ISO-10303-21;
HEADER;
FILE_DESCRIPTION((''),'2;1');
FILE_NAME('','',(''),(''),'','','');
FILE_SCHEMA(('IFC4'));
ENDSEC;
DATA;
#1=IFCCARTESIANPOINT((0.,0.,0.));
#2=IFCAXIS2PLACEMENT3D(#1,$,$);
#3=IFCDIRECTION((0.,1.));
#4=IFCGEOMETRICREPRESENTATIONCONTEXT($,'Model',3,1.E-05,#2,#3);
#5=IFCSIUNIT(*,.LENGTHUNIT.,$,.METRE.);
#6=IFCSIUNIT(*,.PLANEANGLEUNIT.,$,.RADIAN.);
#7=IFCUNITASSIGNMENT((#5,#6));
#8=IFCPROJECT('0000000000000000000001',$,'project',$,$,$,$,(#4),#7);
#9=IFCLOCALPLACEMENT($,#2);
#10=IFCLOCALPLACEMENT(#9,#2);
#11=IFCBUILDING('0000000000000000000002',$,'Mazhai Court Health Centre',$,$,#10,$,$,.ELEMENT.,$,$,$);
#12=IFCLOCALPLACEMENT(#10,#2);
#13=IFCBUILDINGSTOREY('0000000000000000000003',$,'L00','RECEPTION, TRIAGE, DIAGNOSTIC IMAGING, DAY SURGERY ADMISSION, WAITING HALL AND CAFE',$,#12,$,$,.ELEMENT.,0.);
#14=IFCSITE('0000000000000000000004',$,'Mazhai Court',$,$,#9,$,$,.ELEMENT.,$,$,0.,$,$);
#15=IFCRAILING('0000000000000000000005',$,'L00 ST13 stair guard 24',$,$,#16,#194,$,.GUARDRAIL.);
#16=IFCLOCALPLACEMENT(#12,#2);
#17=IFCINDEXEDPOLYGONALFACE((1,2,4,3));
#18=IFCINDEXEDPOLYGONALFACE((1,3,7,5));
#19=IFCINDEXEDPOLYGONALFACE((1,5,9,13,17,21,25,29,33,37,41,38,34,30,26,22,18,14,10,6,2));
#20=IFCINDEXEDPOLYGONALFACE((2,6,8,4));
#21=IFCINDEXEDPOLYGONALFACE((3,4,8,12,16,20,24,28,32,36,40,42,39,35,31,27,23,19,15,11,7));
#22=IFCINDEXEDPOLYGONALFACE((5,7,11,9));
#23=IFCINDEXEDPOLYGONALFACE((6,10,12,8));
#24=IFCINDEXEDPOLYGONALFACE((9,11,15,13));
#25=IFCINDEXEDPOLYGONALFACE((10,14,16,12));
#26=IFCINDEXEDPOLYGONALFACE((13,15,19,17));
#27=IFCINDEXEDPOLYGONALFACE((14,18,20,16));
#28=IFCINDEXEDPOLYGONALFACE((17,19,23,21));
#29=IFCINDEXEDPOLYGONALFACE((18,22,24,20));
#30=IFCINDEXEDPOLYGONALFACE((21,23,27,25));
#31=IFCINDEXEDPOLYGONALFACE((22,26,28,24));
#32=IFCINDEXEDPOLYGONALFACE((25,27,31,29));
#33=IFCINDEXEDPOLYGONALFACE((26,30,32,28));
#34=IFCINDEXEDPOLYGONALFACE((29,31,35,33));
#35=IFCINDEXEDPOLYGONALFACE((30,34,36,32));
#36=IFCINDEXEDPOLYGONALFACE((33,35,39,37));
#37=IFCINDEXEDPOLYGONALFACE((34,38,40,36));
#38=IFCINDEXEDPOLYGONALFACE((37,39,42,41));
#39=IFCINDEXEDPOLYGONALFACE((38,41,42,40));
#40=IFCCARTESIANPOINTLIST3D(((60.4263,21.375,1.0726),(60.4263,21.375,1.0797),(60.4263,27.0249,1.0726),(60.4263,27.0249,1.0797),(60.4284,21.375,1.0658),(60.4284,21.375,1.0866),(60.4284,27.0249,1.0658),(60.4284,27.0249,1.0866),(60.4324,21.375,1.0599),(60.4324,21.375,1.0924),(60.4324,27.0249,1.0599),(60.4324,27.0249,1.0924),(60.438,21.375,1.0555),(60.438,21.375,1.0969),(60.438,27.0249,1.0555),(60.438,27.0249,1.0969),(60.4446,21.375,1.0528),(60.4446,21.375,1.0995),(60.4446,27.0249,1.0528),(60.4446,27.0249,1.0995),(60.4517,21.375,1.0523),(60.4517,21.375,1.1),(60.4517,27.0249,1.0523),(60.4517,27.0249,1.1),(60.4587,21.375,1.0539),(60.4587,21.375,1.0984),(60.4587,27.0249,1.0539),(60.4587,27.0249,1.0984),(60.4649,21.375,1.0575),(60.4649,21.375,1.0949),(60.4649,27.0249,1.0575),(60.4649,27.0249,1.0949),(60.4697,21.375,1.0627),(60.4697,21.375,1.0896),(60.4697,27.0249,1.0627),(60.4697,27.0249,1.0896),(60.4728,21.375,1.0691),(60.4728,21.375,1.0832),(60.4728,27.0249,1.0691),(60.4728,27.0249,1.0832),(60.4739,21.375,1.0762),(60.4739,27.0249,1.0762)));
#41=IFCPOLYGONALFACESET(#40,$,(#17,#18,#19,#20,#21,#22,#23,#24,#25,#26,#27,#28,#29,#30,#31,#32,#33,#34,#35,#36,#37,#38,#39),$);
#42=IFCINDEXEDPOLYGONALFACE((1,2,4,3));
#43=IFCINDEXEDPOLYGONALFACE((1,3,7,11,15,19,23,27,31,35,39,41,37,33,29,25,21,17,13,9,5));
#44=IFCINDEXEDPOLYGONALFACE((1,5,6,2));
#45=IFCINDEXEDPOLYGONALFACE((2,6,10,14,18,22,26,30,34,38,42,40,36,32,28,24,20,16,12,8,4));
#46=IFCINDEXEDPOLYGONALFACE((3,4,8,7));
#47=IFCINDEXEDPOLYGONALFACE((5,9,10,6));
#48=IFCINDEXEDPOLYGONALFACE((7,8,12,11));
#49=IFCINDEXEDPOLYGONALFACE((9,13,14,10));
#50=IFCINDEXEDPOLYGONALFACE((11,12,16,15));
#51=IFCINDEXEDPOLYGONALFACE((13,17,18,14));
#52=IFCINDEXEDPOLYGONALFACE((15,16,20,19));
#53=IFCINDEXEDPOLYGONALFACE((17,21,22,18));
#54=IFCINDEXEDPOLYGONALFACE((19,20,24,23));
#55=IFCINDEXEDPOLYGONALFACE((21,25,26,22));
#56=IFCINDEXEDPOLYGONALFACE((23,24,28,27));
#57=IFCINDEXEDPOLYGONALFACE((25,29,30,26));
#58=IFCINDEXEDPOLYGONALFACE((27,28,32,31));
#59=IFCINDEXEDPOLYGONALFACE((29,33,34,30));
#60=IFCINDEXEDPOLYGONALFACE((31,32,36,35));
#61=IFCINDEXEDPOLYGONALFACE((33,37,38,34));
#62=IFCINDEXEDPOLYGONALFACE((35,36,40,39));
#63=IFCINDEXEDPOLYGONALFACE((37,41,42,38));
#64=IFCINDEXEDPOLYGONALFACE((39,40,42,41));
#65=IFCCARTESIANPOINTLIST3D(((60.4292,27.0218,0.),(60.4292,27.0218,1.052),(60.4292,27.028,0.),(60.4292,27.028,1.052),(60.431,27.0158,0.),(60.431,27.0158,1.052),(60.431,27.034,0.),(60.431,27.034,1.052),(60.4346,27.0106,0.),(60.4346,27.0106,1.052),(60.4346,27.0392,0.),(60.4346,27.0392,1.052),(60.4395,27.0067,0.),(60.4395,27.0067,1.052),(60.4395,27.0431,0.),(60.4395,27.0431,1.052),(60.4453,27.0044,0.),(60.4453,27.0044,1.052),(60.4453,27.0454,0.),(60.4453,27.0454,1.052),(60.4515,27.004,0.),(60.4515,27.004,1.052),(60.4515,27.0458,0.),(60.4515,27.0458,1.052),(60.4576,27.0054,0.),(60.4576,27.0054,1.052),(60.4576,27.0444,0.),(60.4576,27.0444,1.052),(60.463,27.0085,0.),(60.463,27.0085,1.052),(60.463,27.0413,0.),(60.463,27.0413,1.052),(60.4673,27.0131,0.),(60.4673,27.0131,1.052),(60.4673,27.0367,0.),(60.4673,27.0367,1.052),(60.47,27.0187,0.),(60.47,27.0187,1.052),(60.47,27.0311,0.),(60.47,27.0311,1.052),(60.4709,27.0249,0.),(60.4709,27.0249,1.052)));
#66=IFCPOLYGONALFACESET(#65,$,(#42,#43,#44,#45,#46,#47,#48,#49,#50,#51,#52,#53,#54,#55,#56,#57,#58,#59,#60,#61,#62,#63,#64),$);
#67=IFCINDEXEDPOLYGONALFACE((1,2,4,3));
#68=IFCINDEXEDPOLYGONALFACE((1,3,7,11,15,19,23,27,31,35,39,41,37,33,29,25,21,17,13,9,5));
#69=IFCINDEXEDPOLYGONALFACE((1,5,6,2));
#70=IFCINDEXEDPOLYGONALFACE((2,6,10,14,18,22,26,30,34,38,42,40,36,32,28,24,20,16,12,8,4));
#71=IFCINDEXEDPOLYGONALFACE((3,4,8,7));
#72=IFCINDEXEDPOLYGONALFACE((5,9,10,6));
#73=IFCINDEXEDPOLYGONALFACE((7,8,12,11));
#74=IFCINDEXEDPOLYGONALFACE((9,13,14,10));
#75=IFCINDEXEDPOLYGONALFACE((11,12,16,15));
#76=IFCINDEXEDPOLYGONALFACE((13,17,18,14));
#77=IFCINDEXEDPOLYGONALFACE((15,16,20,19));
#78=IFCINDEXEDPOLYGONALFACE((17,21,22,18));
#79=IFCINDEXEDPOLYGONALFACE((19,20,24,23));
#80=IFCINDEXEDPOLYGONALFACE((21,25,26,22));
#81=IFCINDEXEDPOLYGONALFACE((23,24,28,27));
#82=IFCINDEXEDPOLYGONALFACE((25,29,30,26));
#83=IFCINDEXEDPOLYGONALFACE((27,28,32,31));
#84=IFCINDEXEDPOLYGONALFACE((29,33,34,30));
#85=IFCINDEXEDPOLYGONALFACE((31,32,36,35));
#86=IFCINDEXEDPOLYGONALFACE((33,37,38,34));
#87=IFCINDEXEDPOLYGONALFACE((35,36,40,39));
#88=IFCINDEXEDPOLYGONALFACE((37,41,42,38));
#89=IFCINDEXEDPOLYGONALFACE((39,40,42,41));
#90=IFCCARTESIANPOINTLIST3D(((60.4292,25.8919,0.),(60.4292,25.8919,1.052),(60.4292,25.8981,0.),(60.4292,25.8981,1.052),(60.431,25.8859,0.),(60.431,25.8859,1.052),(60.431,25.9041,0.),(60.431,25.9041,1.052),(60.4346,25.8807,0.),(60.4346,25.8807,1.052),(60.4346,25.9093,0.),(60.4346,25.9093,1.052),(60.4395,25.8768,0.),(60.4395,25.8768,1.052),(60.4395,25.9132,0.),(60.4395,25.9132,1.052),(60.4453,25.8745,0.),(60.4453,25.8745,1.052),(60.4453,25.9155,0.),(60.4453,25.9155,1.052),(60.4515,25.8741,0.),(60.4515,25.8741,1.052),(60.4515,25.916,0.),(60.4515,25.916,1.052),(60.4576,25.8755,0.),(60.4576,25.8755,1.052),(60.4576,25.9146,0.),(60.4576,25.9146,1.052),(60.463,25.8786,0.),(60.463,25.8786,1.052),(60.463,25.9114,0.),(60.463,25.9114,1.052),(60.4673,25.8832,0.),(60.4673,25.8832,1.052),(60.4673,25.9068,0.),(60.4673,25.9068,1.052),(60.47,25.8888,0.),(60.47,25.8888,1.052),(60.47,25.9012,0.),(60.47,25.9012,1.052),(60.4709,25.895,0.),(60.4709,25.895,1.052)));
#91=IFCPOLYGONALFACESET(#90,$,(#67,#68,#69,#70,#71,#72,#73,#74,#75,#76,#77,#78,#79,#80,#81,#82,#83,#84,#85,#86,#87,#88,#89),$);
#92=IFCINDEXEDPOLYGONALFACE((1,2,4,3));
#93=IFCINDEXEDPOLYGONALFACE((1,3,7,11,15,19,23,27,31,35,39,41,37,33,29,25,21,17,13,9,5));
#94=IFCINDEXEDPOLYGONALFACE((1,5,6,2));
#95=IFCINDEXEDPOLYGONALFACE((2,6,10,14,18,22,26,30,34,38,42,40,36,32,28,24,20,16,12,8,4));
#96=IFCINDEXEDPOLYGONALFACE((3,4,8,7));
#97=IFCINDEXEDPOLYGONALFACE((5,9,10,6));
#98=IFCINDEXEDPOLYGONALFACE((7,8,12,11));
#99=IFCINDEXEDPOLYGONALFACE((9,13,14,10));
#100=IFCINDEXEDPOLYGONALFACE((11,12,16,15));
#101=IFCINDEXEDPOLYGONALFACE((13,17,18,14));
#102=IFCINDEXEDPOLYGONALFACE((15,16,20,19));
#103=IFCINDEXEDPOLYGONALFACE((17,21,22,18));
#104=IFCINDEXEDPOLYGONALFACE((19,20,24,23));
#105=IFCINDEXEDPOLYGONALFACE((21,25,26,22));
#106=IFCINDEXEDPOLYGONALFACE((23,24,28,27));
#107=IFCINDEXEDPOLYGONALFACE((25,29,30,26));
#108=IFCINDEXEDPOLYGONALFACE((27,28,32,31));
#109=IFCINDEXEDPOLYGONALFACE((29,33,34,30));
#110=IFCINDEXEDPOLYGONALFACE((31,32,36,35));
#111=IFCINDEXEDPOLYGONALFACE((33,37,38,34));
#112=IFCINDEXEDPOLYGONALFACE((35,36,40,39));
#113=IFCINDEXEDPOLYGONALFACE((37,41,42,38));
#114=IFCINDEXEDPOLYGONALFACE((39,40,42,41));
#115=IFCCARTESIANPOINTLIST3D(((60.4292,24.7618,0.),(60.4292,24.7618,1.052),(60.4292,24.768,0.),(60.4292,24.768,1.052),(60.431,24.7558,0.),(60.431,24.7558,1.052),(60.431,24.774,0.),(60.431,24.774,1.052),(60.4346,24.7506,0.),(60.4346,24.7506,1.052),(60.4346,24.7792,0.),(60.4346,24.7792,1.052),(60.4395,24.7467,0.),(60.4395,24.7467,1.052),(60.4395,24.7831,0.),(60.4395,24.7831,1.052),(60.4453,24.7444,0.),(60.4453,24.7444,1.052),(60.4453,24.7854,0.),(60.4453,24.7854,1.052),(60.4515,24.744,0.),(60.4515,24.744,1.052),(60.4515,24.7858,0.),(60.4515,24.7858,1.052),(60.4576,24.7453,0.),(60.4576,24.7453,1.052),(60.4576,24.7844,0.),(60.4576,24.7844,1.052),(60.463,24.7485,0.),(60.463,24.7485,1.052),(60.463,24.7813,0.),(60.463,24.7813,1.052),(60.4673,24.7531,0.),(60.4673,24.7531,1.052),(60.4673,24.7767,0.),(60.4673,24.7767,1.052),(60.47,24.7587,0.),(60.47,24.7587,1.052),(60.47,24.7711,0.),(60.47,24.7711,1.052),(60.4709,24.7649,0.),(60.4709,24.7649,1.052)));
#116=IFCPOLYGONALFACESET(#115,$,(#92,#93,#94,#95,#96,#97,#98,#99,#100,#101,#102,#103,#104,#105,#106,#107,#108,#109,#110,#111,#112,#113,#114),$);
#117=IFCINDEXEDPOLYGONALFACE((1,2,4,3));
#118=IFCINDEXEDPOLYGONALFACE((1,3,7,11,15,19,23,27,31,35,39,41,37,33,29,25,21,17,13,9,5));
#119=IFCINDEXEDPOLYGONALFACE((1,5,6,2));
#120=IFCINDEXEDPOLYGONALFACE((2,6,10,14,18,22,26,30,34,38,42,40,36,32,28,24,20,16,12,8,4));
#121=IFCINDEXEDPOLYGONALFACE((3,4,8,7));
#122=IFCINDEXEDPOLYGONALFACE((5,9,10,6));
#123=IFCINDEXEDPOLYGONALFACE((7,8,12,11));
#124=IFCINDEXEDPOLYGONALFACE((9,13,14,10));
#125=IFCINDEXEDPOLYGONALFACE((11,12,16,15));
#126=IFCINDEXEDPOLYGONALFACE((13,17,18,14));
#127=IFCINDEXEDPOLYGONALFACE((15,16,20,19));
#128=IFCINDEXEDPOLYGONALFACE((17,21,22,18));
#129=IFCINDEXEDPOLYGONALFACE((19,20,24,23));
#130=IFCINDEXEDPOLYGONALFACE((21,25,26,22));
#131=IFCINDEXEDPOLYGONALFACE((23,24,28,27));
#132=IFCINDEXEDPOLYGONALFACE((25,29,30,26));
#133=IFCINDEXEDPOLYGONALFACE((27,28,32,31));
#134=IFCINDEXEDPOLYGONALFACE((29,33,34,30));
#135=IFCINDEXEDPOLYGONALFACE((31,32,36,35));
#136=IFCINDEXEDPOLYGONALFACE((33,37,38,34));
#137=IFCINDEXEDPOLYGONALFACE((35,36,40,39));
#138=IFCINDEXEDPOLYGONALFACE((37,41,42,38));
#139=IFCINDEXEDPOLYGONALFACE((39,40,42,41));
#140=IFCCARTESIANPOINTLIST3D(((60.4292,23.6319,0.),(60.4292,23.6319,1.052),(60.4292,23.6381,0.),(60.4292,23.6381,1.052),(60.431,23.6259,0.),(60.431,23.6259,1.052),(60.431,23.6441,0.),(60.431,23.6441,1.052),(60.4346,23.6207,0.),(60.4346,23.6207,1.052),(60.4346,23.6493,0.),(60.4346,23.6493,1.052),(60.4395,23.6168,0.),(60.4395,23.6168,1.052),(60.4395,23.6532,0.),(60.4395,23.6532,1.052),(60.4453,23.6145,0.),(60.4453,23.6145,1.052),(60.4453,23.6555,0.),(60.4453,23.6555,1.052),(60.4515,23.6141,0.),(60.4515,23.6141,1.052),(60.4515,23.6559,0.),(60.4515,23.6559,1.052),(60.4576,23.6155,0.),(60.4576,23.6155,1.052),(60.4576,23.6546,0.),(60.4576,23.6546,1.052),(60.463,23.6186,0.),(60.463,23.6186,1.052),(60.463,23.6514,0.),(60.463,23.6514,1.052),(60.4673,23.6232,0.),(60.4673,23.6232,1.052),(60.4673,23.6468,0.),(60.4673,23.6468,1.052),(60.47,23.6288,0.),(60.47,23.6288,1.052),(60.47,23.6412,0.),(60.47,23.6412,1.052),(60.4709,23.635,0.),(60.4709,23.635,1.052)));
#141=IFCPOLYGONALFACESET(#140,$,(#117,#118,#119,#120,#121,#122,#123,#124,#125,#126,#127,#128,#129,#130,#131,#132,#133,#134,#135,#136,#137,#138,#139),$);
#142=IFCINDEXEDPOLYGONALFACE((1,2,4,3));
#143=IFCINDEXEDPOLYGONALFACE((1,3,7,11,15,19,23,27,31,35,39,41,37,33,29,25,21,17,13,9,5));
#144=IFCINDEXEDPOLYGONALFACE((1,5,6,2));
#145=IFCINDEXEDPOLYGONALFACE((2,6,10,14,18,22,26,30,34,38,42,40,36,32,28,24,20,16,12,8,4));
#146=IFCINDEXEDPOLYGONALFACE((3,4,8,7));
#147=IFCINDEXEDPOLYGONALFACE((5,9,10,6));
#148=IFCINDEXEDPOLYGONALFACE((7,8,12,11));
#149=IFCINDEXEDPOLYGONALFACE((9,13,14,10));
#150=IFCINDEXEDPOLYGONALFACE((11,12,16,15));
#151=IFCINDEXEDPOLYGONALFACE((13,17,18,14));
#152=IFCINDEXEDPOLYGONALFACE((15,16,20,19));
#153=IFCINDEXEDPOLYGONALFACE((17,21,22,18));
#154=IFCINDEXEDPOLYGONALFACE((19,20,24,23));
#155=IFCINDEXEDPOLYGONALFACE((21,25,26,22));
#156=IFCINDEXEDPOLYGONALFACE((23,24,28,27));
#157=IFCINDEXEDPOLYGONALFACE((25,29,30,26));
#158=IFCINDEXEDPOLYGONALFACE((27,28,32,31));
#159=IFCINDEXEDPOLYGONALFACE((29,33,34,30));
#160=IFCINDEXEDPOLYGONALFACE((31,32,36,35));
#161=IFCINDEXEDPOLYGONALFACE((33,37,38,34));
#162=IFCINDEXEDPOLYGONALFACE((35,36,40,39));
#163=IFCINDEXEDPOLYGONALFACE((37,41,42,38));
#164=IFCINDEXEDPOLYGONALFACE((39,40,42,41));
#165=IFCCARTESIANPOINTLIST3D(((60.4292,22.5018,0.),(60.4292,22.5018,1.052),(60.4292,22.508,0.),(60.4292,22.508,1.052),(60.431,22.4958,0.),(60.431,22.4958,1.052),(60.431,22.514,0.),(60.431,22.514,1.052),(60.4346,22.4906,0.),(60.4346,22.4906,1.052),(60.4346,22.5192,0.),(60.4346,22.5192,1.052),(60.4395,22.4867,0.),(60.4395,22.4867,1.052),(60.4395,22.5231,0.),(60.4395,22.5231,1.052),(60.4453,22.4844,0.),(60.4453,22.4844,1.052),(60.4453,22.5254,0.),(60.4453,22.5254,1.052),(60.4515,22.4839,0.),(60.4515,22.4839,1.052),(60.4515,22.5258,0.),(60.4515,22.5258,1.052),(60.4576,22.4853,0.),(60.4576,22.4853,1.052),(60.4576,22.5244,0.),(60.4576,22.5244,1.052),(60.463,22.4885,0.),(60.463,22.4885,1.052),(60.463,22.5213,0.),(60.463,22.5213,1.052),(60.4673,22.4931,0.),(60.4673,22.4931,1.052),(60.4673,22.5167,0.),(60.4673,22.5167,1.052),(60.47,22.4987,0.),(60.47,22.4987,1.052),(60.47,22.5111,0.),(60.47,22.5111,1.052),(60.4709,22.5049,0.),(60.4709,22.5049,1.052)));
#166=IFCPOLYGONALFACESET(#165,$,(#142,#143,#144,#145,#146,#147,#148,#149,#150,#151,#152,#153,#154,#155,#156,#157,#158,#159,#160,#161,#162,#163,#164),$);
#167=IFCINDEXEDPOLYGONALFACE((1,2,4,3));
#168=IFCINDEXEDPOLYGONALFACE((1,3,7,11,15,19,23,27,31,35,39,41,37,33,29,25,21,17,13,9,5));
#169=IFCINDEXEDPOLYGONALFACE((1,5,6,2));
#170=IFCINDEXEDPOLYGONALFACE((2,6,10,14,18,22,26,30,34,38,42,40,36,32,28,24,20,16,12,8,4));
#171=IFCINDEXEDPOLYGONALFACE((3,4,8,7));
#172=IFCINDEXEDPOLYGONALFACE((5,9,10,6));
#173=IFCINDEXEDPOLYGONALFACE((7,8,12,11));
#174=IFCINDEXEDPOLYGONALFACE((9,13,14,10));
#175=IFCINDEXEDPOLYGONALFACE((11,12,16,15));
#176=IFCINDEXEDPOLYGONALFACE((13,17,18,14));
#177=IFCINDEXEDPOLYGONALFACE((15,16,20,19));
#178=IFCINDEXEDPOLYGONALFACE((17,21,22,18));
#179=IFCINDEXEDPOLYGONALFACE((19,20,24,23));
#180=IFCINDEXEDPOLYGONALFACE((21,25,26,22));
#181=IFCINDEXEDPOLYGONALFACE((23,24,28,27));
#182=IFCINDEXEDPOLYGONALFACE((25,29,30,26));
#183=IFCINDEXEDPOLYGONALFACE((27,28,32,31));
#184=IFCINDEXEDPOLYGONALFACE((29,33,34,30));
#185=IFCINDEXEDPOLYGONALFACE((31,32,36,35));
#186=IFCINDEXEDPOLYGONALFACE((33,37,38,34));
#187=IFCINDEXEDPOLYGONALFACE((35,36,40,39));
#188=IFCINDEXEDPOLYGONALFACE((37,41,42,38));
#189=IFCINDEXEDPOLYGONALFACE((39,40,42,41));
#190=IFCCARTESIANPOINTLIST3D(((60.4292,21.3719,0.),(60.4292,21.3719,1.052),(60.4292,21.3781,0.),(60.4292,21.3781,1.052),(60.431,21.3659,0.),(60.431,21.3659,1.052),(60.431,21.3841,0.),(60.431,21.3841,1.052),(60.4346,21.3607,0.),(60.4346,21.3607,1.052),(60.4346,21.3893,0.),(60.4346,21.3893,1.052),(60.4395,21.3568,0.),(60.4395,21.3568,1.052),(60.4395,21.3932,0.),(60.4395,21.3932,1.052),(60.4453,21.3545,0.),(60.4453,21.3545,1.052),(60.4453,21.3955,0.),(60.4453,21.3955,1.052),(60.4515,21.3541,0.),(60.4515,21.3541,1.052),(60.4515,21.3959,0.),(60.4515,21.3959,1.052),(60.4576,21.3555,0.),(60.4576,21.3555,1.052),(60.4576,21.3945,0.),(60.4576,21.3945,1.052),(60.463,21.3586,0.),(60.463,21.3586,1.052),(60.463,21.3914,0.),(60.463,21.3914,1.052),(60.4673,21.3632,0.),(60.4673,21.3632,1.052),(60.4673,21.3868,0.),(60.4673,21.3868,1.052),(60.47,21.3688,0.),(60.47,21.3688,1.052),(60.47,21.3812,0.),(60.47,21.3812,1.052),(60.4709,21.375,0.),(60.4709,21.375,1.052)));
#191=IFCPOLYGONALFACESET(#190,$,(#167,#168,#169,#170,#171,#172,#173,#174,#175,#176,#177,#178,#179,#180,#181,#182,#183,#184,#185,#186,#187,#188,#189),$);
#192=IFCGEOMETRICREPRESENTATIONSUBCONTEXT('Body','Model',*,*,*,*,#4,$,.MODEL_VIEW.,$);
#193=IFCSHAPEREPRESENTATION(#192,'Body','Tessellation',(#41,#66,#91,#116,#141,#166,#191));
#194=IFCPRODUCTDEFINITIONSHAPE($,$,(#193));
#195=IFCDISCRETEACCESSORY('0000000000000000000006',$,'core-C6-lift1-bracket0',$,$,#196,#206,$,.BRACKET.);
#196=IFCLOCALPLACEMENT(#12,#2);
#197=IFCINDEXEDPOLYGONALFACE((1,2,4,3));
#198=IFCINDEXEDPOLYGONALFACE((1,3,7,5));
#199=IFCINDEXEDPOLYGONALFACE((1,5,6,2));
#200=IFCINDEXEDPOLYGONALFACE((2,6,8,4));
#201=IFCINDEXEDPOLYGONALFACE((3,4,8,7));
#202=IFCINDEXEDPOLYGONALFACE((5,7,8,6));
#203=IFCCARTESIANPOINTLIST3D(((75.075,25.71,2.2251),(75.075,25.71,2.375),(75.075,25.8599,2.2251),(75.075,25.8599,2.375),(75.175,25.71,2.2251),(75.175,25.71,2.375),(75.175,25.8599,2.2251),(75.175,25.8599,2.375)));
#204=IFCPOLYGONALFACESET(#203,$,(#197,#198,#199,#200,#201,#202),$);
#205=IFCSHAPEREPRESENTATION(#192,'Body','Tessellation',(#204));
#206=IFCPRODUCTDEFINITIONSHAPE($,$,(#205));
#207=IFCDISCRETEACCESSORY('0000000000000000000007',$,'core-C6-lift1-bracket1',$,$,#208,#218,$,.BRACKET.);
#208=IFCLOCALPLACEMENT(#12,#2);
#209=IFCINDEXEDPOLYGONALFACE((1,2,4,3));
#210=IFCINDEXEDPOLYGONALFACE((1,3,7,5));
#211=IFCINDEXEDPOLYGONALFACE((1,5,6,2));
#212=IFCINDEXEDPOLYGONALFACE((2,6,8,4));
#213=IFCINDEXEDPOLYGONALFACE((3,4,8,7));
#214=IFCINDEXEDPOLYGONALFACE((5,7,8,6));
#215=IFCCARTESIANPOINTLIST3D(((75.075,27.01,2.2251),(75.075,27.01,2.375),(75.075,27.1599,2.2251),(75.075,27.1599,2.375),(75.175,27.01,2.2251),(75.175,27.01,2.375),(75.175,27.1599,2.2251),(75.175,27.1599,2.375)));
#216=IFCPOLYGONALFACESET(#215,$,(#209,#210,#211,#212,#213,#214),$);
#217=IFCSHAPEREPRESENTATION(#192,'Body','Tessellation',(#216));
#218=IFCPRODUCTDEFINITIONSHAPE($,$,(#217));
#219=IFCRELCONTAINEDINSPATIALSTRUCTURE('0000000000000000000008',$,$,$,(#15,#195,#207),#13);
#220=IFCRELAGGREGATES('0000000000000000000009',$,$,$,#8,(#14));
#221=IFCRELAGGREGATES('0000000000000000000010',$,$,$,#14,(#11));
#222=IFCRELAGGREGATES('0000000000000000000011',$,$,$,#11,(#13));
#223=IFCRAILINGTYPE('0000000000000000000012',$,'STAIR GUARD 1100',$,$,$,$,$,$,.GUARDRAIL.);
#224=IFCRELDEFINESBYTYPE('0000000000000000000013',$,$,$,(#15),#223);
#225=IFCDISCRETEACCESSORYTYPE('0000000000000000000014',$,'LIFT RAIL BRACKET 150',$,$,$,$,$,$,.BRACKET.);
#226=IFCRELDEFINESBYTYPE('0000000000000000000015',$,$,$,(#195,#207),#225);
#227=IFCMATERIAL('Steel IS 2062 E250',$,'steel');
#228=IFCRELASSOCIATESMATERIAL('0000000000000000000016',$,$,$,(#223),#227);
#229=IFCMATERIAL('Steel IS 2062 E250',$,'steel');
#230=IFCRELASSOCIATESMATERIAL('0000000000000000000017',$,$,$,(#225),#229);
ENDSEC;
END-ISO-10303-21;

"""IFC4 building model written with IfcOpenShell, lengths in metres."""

from ifc_helpers import new_model, si_unit, direction, frame, origin, origin_2d, place, context, subcontext, project, spatial, rectangle, circle, extrude, material, type_object, element, save


model = new_model("IFC4")

# Units and contexts
model_context = context("Model", 3, precision=1e-05, world=origin(), true_north=direction((0.0, 1.0)))
body_context = subcontext(model_context, "Body", "Model", "MODEL_VIEW")
ifc_project = project(units=[si_unit("LENGTHUNIT", "METRE"), si_unit("PLANEANGLEUNIT", "RADIAN")], contexts=[model_context])

# Site, building, storey
site_placement = place(None, origin())
site = spatial("IfcSite", under=ifc_project, at=site_placement, Name="Mazhai Court", CompositionType="ELEMENT", RefElevation=0.0)
building_placement = place(site_placement, origin())
building = spatial("IfcBuilding", under=site, at=building_placement, Name="Mazhai Court Health Centre", CompositionType="ELEMENT")
storey_placement = place(building_placement, origin())
storey = spatial("IfcBuildingStorey", under=building, at=storey_placement, Name="L00", Description="RECEPTION, TRIAGE, DIAGNOSTIC IMAGING, DAY SURGERY ADMISSION, WAITING HALL AND CAFE", CompositionType="ELEMENT", Elevation=0.0)

# Railing
ifc_material_1 = material(Name="Steel IS 2062 E250", Category="steel")
railing_type = type_object("IfcRailingType", Name="STAIR GUARD 1100", PredefinedType="GUARDRAIL", material=ifc_material_1)
railing_1_placement = place(storey_placement, frame((60.45, 27.0249, 0.0)))
element("IfcRailing", 1, at=railing_1_placement, inside=storey, type_object=railing_type, Name="L00 ST13 stair guard 24", PredefinedType="GUARDRAIL", context=body_context, shape_type="SweptSolid", body=[
    extrude(circle(Radius=0.0239, at=origin_2d()), frame((0.0, 0.0, 1.0762), z_axis=(0.0, -1.0, 0.0), x_axis=(1.0, 0.0, 0.0)), (0.0, 0.0, 1.0), 5.6499),
    extrude(circle(Radius=0.021, at=origin_2d()), origin(), (0.0, 0.0, 1.0), 1.052),
    extrude(circle(Radius=0.021, at=origin_2d()), frame((0.0, -1.1299, 0.0)), (0.0, 0.0, 1.0), 1.052),
    extrude(circle(Radius=0.021, at=origin_2d()), frame((0.0, -2.26, 0.0)), (0.0, 0.0, 1.0), 1.052),
    extrude(circle(Radius=0.021, at=origin_2d()), frame((0.0, -3.3899, 0.0)), (0.0, 0.0, 1.0), 1.052),
    extrude(circle(Radius=0.021, at=origin_2d()), frame((0.0, -4.52, 0.0)), (0.0, 0.0, 1.0), 1.052),
    extrude(circle(Radius=0.021, at=origin_2d()), frame((0.0, -5.6499, 0.0)), (0.0, 0.0, 1.0), 1.052),
])

# Discrete accessories
ifc_material_2 = material(Name="Steel IS 2062 E250", Category="steel")
discrete_accessory_type = type_object("IfcDiscreteAccessoryType", Name="LIFT RAIL BRACKET 150", PredefinedType="BRACKET", material=ifc_material_2)
for number, where, z_axis, x_axis, name in (
    (2, (75.125, 25.7849, 2.2251), (0.0, 0.0, 1.0), (1.0, 0.0, 0.0), "core-C6-lift1-bracket0"),
    (3, (75.125, 27.085, 2.2251), (0.0, 0.0, 1.0), (1.0, 0.0, 0.0), "core-C6-lift1-bracket1"),
):
    element("IfcDiscreteAccessory", number, at=place(storey_placement, frame(where, z_axis=z_axis, x_axis=x_axis)), inside=storey, type_object=discrete_accessory_type, Name=name, PredefinedType="BRACKET", context=body_context, shape_type="SweptSolid", body=[
        extrude(rectangle(XDim=0.1001, YDim=0.1499, at=origin_2d()), origin(), (0.0, 0.0, 1.0), 0.1499),
    ])

save(model, "model.ifc")
